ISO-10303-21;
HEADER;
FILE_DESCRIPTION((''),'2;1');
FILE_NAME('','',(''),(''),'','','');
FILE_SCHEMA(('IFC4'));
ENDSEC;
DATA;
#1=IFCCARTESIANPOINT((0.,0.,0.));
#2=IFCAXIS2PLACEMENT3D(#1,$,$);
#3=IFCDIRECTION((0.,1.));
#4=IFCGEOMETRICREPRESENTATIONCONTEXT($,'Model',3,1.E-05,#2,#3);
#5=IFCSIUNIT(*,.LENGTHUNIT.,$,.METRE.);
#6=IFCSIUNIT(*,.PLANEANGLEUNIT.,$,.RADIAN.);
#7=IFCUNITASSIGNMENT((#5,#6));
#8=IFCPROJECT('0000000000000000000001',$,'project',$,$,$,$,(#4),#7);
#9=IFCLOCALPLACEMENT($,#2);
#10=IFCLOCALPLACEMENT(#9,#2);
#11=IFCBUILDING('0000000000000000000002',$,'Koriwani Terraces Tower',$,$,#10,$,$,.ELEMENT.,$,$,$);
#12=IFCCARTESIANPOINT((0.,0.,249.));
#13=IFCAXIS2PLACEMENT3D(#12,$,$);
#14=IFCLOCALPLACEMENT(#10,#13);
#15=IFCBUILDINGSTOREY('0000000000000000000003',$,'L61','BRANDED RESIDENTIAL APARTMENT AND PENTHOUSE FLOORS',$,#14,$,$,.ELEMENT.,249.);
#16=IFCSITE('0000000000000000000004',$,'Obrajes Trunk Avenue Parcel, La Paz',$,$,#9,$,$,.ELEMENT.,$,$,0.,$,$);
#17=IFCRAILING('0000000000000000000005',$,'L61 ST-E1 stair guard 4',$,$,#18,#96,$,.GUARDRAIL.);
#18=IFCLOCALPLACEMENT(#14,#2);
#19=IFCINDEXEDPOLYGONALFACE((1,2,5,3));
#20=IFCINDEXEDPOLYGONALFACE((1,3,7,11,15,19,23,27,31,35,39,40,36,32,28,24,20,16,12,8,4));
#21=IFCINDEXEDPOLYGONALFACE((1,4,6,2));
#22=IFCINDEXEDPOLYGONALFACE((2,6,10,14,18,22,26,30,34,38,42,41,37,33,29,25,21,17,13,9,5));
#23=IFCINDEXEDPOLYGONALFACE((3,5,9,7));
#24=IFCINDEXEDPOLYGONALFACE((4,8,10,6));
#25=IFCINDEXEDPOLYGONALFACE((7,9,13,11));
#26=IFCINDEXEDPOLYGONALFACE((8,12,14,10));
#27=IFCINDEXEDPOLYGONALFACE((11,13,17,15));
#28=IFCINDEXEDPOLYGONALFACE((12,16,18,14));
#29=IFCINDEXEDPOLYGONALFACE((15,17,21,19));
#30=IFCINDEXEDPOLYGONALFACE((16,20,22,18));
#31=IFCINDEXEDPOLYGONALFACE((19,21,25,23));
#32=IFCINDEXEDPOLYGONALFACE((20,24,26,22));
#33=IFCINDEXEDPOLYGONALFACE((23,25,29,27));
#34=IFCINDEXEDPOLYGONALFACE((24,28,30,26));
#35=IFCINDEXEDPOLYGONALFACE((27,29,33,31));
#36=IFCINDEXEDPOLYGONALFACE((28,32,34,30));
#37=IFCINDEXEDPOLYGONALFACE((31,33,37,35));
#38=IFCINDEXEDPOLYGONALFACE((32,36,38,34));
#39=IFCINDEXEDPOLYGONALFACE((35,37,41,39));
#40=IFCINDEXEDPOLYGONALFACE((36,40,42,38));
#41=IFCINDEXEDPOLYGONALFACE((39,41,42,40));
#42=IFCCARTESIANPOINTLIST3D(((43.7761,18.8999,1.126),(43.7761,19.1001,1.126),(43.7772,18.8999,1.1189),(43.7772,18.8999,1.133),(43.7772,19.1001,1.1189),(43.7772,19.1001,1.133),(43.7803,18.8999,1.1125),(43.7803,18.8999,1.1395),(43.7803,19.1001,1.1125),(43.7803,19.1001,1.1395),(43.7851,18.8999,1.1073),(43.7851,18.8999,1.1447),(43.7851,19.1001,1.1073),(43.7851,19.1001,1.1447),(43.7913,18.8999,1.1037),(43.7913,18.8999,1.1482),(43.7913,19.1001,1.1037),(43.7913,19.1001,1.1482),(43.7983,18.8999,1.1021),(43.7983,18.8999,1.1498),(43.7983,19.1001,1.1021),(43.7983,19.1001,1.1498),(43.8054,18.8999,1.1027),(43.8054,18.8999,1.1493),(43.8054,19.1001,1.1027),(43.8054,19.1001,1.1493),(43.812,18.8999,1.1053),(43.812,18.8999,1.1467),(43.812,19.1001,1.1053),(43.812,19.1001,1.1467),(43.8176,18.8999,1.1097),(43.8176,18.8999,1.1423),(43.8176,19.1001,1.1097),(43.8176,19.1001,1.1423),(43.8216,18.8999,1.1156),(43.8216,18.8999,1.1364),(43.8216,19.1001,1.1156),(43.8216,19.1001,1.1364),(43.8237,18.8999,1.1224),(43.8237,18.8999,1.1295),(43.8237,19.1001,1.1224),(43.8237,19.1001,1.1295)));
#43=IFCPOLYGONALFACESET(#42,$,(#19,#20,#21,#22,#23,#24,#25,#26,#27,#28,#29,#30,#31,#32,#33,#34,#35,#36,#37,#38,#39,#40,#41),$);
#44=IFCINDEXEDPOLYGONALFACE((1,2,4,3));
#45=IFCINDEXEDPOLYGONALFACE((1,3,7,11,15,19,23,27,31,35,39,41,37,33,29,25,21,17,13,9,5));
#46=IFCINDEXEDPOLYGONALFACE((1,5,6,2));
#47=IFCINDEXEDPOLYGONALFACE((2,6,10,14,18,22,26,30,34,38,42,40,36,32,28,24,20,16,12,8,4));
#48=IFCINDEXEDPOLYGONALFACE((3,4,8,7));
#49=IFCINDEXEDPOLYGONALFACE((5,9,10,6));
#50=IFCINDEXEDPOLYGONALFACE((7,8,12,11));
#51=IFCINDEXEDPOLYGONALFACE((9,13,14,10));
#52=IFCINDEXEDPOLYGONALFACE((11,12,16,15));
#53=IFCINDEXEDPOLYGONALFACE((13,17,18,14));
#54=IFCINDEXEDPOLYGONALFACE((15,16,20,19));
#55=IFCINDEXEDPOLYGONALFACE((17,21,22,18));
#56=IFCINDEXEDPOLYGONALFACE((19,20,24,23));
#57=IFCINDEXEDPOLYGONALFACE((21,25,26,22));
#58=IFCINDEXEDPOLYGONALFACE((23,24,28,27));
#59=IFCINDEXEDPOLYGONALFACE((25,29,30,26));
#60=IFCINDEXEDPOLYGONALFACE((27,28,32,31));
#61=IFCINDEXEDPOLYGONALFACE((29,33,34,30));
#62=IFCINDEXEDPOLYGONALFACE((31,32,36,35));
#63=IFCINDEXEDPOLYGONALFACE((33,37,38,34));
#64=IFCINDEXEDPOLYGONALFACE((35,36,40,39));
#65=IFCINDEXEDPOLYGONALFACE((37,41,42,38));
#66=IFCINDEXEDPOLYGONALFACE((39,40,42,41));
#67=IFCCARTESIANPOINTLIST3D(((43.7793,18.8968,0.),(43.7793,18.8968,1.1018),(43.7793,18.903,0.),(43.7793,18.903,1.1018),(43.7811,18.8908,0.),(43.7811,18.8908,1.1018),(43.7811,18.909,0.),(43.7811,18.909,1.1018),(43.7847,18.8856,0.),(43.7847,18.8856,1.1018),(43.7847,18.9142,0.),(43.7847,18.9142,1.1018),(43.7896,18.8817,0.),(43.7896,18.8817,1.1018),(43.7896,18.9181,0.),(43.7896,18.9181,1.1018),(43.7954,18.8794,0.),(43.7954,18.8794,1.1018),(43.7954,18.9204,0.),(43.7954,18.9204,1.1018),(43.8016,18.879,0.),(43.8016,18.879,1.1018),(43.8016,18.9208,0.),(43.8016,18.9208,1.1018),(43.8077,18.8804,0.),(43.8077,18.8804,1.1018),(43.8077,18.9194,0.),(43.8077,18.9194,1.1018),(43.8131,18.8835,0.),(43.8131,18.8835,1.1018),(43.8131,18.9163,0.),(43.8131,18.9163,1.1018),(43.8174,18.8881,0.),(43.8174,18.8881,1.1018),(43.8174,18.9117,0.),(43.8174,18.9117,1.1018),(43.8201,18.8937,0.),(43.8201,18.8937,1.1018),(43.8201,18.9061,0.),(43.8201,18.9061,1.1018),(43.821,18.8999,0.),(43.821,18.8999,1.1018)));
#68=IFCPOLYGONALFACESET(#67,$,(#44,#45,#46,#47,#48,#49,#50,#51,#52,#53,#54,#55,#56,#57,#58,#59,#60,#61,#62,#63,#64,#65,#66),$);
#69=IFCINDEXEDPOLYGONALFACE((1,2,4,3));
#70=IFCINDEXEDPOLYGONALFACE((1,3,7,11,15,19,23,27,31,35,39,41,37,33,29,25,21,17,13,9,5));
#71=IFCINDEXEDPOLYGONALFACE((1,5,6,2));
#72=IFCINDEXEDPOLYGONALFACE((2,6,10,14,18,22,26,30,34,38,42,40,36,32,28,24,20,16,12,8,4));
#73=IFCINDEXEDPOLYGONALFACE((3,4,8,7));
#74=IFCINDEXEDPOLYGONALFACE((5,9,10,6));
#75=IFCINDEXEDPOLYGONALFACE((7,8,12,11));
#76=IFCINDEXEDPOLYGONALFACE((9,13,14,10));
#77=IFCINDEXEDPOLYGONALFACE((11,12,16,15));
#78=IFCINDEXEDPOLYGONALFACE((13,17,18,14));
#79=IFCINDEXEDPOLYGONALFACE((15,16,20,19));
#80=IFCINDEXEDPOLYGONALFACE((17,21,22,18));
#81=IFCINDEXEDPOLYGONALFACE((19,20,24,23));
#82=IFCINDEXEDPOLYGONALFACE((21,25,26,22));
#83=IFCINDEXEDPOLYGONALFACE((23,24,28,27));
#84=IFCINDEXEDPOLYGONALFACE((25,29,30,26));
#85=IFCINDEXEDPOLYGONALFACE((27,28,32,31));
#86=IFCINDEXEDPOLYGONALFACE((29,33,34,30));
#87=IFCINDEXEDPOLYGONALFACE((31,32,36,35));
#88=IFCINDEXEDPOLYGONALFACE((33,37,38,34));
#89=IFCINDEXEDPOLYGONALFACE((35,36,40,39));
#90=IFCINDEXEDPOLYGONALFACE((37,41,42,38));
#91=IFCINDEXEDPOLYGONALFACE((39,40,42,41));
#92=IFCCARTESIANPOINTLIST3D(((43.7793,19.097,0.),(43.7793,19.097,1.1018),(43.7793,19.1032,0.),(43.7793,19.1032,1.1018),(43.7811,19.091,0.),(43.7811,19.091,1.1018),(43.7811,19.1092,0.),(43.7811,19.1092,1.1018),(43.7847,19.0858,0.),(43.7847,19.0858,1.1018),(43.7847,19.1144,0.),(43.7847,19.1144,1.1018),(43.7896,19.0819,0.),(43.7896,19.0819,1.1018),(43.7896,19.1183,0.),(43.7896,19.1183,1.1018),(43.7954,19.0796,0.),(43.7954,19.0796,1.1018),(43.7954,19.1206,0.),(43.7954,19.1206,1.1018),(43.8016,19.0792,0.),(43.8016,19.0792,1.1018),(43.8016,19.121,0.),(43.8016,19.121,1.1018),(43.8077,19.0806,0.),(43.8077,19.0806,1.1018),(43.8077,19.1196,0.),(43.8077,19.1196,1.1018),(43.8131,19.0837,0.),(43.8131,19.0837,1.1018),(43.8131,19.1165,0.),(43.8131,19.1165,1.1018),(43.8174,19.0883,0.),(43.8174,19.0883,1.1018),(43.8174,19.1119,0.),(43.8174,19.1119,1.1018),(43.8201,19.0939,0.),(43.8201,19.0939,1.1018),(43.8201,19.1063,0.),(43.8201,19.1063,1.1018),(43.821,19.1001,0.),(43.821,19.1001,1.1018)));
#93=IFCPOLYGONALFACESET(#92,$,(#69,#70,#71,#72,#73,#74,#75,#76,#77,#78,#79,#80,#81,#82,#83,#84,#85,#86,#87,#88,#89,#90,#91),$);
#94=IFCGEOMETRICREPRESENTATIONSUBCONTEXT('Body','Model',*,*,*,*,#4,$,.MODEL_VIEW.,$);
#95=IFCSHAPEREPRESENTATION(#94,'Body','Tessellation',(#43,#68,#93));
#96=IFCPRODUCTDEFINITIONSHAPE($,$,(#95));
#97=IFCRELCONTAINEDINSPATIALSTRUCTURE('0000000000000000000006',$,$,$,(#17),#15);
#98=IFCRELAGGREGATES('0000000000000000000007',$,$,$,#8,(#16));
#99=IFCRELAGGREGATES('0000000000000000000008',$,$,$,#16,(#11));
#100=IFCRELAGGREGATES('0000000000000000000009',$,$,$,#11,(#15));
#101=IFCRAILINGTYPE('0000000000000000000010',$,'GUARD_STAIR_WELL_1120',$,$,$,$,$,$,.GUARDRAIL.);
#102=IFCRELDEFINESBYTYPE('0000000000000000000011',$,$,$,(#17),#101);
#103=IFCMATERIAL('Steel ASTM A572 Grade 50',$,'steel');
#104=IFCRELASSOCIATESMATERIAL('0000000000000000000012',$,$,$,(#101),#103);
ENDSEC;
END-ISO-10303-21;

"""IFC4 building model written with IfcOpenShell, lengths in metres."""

from ifc_helpers import new_model, si_unit, direction, frame, origin, origin_2d, place, context, subcontext, project, spatial, circle, extrude, material, type_object, element, save


model = new_model("IFC4")

# Units and contexts
model_context = context("Model", 3, precision=1e-05, world=origin(), true_north=direction((0.0, 1.0)))
body_context = subcontext(model_context, "Body", "Model", "MODEL_VIEW")
ifc_project = project(units=[si_unit("LENGTHUNIT", "METRE"), si_unit("PLANEANGLEUNIT", "RADIAN")], contexts=[model_context])

# Site, building, storey
site_placement = place(None, origin())
site = spatial("IfcSite", under=ifc_project, at=site_placement, Name="Obrajes Trunk Avenue Parcel, La Paz", CompositionType="ELEMENT", RefElevation=0.0)
building_placement = place(site_placement, origin())
building = spatial("IfcBuilding", under=site, at=building_placement, Name="Koriwani Terraces Tower", CompositionType="ELEMENT")
storey_placement = place(building_placement, frame((0.0, 0.0, 249.0)))
storey = spatial("IfcBuildingStorey", under=building, at=storey_placement, Name="L61", Description="BRANDED RESIDENTIAL APARTMENT AND PENTHOUSE FLOORS", CompositionType="ELEMENT", Elevation=249.0)

# Shared definitions
ifc_material_1 = material(Name="Steel ASTM A572 Grade 50", Category="steel")

# Railing
railing_type_1 = type_object("IfcRailingType", Name="GUARD_STAIR_WELL_1120", PredefinedType="GUARDRAIL", material=ifc_material_1)
railing_1_placement = place(storey_placement, frame((43.8, 18.8999, 0.0)))
element("IfcRailing", 1, at=railing_1_placement, inside=storey, type_object=railing_type_1, Name="L61 ST-E1 stair guard 4", PredefinedType="GUARDRAIL", context=body_context, shape_type="SweptSolid", body=[
    extrude(circle(Radius=0.0239, at=origin_2d()), frame((0.0, 0.0, 1.126), z_axis=(0.0, 1.0, 0.0), x_axis=(-1.0, 0.0, 0.0)), (0.0, 0.0, 1.0), 0.2002),
    extrude(circle(Radius=0.021, at=origin_2d()), origin(), (0.0, 0.0, 1.0), 1.1018),
    extrude(circle(Radius=0.021, at=origin_2d()), frame((0.0, 0.2002, 0.0)), (0.0, 0.0, 1.0), 1.1018),
])

save(model, "model.ifc")
